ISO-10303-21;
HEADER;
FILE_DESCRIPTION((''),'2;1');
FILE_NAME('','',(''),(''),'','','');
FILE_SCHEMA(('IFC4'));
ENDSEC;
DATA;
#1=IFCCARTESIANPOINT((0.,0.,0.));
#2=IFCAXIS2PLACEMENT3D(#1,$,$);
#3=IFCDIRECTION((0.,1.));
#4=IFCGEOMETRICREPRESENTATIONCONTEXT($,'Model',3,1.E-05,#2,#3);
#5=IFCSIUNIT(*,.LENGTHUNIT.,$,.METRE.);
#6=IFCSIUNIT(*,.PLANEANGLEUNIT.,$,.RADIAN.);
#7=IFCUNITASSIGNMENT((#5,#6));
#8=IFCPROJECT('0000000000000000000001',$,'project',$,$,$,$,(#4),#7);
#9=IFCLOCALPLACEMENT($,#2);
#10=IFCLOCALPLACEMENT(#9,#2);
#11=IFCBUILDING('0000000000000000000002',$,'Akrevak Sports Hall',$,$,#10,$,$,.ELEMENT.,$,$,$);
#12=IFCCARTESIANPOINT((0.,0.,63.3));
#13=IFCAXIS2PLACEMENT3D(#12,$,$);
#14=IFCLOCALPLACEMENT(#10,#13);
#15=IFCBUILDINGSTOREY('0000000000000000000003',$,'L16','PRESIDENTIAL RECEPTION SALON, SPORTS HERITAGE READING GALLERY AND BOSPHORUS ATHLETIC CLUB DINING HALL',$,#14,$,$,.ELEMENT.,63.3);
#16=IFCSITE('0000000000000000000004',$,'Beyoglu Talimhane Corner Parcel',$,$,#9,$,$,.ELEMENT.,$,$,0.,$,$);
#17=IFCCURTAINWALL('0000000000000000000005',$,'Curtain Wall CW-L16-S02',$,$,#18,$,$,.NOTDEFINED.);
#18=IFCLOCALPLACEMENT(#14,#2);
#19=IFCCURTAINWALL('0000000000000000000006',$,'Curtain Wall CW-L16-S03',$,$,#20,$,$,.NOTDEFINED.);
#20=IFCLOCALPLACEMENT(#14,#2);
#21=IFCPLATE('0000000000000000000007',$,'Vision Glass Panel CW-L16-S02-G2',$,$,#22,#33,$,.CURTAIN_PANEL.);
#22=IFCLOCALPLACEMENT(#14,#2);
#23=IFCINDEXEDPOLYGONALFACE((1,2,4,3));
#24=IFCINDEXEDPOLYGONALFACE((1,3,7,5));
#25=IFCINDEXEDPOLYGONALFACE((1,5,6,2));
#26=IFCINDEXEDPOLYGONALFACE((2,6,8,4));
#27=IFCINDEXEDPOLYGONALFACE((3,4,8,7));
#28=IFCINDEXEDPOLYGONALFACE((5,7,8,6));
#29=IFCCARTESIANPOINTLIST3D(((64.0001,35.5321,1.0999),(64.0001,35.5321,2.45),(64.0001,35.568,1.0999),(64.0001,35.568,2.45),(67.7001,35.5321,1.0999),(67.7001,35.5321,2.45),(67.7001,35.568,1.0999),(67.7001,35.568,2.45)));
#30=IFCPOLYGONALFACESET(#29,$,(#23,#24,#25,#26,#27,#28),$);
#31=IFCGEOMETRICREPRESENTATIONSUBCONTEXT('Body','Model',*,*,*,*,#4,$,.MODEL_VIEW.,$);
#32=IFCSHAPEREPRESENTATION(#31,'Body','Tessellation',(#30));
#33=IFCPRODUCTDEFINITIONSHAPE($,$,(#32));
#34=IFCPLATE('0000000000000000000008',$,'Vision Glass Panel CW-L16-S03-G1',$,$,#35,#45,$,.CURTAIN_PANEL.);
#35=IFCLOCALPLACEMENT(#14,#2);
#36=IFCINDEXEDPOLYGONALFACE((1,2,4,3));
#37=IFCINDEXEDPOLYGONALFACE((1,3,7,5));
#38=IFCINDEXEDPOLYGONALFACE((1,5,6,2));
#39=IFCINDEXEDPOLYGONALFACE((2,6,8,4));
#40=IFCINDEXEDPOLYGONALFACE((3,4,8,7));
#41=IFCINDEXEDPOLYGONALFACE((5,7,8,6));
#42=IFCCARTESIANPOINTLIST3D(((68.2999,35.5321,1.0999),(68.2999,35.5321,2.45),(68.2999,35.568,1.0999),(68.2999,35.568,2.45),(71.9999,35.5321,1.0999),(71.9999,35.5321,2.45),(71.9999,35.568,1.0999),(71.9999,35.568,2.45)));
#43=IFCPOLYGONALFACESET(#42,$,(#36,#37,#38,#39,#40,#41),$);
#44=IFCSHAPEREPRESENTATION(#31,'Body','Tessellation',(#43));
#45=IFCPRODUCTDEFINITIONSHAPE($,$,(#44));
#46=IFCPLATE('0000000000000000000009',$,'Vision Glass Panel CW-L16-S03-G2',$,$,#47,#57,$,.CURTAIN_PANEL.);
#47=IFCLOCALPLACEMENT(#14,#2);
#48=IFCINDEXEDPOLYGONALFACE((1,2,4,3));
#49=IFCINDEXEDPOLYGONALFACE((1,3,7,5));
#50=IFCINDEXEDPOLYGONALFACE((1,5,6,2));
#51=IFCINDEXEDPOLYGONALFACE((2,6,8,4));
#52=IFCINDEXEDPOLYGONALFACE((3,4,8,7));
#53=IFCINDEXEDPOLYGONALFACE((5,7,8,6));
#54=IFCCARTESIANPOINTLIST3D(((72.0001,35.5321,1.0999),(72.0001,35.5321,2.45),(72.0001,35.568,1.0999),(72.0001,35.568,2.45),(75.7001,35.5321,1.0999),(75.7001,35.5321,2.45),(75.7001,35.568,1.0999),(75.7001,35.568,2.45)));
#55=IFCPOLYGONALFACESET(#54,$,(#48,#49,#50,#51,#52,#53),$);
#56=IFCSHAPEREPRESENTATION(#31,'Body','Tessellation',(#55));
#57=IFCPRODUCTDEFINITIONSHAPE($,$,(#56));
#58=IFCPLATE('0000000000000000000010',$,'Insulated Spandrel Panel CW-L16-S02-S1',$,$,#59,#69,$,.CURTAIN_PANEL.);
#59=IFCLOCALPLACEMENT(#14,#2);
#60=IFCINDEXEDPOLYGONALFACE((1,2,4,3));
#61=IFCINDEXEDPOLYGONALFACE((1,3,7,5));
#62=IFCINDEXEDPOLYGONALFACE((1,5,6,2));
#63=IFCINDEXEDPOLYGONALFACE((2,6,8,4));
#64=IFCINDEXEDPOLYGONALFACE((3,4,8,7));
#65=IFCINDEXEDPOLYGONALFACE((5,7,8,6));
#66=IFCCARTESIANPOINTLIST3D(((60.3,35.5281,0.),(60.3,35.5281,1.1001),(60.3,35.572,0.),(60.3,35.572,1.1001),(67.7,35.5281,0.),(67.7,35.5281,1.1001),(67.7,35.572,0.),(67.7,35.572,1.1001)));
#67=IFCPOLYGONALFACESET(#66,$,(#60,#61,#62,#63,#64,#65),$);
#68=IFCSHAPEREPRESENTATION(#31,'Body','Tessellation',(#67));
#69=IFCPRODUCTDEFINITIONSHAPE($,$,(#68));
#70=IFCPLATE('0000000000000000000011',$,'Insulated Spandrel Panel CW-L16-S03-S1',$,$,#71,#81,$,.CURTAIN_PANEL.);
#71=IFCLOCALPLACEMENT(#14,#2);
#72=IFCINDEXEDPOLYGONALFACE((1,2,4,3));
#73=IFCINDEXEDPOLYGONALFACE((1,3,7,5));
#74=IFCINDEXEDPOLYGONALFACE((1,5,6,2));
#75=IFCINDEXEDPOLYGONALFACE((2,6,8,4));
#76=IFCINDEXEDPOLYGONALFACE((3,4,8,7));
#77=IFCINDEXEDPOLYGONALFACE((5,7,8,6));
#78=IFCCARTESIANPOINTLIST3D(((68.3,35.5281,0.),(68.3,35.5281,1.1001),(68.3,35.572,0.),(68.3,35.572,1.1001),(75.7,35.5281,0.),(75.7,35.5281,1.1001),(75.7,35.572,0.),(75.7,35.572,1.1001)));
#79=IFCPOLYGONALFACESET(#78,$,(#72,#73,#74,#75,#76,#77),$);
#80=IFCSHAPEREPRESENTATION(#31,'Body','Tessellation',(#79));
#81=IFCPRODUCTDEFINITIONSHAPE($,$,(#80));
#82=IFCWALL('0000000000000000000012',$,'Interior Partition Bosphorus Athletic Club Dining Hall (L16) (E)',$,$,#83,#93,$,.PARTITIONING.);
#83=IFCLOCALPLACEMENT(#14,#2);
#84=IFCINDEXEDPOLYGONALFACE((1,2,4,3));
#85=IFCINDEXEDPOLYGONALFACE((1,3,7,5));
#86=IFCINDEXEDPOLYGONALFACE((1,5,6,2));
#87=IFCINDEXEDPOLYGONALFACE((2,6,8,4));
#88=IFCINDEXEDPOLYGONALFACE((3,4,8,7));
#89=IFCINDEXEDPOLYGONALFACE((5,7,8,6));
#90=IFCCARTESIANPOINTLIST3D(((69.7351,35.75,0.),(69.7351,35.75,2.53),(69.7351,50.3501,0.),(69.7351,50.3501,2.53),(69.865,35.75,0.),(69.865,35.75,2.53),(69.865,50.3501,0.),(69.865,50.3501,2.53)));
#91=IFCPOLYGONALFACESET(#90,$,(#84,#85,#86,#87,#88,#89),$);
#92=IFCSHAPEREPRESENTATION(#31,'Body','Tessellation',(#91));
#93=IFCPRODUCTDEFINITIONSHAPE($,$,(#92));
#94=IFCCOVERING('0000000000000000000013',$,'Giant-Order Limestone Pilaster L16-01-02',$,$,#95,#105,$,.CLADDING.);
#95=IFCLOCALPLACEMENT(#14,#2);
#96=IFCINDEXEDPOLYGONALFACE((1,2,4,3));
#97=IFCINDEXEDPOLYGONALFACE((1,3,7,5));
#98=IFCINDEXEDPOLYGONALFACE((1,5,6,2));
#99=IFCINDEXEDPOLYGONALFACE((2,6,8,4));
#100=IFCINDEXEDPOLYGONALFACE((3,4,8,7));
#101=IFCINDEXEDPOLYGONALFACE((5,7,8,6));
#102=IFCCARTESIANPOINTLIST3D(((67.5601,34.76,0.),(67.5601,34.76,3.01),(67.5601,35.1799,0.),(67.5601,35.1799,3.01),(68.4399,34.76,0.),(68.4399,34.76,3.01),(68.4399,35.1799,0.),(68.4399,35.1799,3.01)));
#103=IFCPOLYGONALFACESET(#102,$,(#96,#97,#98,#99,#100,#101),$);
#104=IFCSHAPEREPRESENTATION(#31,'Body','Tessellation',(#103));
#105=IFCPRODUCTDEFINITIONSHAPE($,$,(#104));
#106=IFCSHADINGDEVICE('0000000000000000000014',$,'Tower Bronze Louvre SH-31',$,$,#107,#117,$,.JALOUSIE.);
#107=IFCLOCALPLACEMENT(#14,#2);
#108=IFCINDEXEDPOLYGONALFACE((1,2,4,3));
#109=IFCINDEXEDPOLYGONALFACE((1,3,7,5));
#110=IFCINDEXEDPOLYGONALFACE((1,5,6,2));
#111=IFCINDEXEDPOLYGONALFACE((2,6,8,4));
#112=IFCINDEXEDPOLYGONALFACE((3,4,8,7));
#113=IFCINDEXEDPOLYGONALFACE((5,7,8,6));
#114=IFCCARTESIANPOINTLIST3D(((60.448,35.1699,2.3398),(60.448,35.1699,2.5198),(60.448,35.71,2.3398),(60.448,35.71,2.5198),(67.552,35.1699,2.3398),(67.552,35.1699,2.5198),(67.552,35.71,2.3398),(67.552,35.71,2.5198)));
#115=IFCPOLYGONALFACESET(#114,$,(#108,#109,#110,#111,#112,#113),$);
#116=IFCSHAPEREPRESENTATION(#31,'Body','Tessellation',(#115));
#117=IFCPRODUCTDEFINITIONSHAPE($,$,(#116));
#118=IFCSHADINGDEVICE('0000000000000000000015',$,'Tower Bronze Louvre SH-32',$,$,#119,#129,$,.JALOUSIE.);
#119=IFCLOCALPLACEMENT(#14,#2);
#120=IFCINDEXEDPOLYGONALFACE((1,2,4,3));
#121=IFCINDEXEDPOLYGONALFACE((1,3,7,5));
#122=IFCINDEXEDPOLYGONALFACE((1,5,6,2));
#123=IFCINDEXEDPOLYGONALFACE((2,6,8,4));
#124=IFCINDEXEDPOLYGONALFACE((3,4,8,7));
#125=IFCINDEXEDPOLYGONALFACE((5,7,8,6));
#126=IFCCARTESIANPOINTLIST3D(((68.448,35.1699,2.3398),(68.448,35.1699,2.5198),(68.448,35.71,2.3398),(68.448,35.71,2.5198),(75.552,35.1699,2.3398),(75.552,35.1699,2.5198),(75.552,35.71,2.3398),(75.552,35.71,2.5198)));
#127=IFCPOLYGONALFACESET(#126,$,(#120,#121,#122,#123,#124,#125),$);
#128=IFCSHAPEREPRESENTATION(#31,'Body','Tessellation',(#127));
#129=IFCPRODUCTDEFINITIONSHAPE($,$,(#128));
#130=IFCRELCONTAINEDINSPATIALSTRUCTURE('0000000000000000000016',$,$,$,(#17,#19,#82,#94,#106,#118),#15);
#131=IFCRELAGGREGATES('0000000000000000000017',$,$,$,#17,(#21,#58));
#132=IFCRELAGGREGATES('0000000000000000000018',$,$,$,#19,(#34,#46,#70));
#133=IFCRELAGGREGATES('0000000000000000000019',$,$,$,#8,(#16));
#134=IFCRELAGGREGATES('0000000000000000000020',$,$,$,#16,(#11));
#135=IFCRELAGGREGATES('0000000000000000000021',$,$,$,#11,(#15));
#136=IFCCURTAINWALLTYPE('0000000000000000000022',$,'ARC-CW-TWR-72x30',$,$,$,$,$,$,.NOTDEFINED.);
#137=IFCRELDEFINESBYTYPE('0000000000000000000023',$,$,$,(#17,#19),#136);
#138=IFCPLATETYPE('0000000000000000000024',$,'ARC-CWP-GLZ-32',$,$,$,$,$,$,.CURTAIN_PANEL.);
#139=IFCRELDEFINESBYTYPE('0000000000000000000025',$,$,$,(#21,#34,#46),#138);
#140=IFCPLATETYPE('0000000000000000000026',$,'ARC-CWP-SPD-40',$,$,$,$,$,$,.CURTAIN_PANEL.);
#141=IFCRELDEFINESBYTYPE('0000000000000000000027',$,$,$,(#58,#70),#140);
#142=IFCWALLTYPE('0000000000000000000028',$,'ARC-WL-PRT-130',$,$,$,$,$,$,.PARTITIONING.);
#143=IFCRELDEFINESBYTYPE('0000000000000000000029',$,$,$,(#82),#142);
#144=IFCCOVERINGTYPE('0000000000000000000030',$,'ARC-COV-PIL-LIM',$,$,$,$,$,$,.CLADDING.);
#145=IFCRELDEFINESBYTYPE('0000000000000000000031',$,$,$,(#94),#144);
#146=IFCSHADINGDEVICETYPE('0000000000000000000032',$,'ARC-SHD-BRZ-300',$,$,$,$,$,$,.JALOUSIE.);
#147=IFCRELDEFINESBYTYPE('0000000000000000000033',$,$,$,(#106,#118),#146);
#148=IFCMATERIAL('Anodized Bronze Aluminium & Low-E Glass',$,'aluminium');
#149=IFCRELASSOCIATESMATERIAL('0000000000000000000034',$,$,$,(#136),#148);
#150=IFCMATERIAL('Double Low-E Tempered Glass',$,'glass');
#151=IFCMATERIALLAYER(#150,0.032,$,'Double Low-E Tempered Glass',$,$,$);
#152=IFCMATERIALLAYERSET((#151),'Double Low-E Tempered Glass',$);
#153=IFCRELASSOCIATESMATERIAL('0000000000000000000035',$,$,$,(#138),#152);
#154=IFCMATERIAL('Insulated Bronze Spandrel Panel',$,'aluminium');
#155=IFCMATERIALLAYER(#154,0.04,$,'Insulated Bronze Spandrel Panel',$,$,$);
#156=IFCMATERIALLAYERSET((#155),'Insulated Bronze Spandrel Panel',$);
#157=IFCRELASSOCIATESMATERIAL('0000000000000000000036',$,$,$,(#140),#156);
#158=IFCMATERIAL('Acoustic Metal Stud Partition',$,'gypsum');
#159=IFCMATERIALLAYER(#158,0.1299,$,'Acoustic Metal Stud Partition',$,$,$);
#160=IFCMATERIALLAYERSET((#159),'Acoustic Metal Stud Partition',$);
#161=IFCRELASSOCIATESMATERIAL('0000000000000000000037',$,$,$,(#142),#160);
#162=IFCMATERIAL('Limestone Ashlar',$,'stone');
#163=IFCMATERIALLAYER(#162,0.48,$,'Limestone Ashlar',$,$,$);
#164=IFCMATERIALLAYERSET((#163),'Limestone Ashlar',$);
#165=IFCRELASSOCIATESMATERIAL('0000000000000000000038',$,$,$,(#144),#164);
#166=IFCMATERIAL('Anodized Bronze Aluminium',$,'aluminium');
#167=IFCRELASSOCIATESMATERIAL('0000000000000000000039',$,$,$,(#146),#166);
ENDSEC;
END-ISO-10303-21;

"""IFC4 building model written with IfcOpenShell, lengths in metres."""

from ifc_helpers import new_model, si_unit, direction, frame, frame_2d, origin, origin_2d, place, context, subcontext, project, spatial, rectangle, extrude, material, layer, layer_set, type_object, element, aggregate, save


model = new_model("IFC4")

# Units and contexts
model_context = context("Model", 3, precision=1e-05, world=origin(), true_north=direction((0.0, 1.0)))
body_context = subcontext(model_context, "Body", "Model", "MODEL_VIEW")
ifc_project = project(units=[si_unit("LENGTHUNIT", "METRE"), si_unit("PLANEANGLEUNIT", "RADIAN")], contexts=[model_context])

# Site, building, storey
site_placement = place(None, origin())
site = spatial("IfcSite", under=ifc_project, at=site_placement, Name="Beyoglu Talimhane Corner Parcel", CompositionType="ELEMENT", RefElevation=0.0)
building_placement = place(site_placement, origin())
building = spatial("IfcBuilding", under=site, at=building_placement, Name="Akrevak Sports Hall", CompositionType="ELEMENT")
storey_placement = place(building_placement, frame((0.0, 0.0, 63.3)))
storey = spatial("IfcBuildingStorey", under=building, at=storey_placement, Name="L16", Description="PRESIDENTIAL RECEPTION SALON, SPORTS HERITAGE READING GALLERY AND BOSPHORUS ATHLETIC CLUB DINING HALL", CompositionType="ELEMENT", Elevation=63.3)

# Curtain walls
ifc_material_1 = material(Name="Anodized Bronze Aluminium & Low-E Glass", Category="aluminium")
curtain_wall_type = type_object("IfcCurtainWallType", Name="ARC-CW-TWR-72x30", PredefinedType="NOTDEFINED", material=ifc_material_1)
curtain_wall_1_placement = place(storey_placement, origin())
curtain_wall_1 = element("IfcCurtainWall", 1, at=curtain_wall_1_placement, inside=storey, type_object=curtain_wall_type, Name="Curtain Wall CW-L16-S02", PredefinedType="NOTDEFINED")
ifc_material_2 = material(Name="Anodized Bronze Aluminium", Category="aluminium")
curtain_wall_2_placement = place(storey_placement, origin())
curtain_wall_2 = element("IfcCurtainWall", 2, at=curtain_wall_2_placement, inside=storey, type_object=curtain_wall_type, Name="Curtain Wall CW-L16-S03", PredefinedType="NOTDEFINED")

# Plates
ifc_material_3 = material(Name="Double Low-E Tempered Glass", Category="glass")
ifc_layer_1 = layer(ifc_material_3, 0.032, Name="Double Low-E Tempered Glass")
ifc_layer_set_1 = layer_set([ifc_layer_1], Name="Double Low-E Tempered Glass")
plate_type_1 = type_object("IfcPlateType", Name="ARC-CWP-GLZ-32", PredefinedType="CURTAIN_PANEL", material=ifc_layer_set_1)
plate_1_placement = place(storey_placement, frame((65.8501, 35.55, 1.0999), z_axis=(0.0, 0.0, 1.0), x_axis=(1.0, 0.0, 0.0)))
plate_1 = element("IfcPlate", 3, at=plate_1_placement, type_object=plate_type_1, Name="Vision Glass Panel CW-L16-S02-G2", PredefinedType="CURTAIN_PANEL", context=body_context, shape_type="SweptSolid", body=[
    extrude(rectangle(XDim=3.7, YDim=0.0359, at=origin_2d()), origin(), (0.0, 0.0, 1.0), 1.3501),
])
plate_2_placement = place(storey_placement, frame((70.1499, 35.55, 1.0999), z_axis=(0.0, 0.0, 1.0), x_axis=(1.0, 0.0, 0.0)))
plate_2 = element("IfcPlate", 4, at=plate_2_placement, type_object=plate_type_1, Name="Vision Glass Panel CW-L16-S03-G1", PredefinedType="CURTAIN_PANEL", context=body_context, shape_type="SweptSolid", body=[
    extrude(rectangle(XDim=3.7, YDim=0.0359, at=origin_2d()), origin(), (0.0, 0.0, 1.0), 1.3501),
])
plate_3_placement = place(storey_placement, frame((73.8501, 35.55, 1.0999), z_axis=(0.0, 0.0, 1.0), x_axis=(1.0, 0.0, 0.0)))
plate_3 = element("IfcPlate", 5, at=plate_3_placement, type_object=plate_type_1, Name="Vision Glass Panel CW-L16-S03-G2", PredefinedType="CURTAIN_PANEL", context=body_context, shape_type="SweptSolid", body=[
    extrude(rectangle(XDim=3.7, YDim=0.0359, at=origin_2d()), origin(), (0.0, 0.0, 1.0), 1.3501),
])
ifc_material_4 = material(Name="Insulated Bronze Spandrel Panel", Category="aluminium")
ifc_layer_2 = layer(ifc_material_4, 0.04, Name="Insulated Bronze Spandrel Panel")
ifc_layer_set_2 = layer_set([ifc_layer_2], Name="Insulated Bronze Spandrel Panel")
plate_type_2 = type_object("IfcPlateType", Name="ARC-CWP-SPD-40", PredefinedType="CURTAIN_PANEL", material=ifc_layer_set_2)
plate_4_placement = place(storey_placement, frame((64.0, 35.55, 0.0), z_axis=(0.0, 0.0, 1.0), x_axis=(1.0, 0.0, 0.0)))
plate_4 = element("IfcPlate", 6, at=plate_4_placement, type_object=plate_type_2, Name="Insulated Spandrel Panel CW-L16-S02-S1", PredefinedType="CURTAIN_PANEL", context=body_context, shape_type="SweptSolid", body=[
    extrude(rectangle(XDim=7.3999, YDim=0.0439, at=origin_2d()), origin(), (0.0, 0.0, 1.0), 1.1001),
])
aggregate(curtain_wall_1, [plate_1, plate_4])
plate_5_placement = place(storey_placement, frame((72.0, 35.55, 0.0), z_axis=(0.0, 0.0, 1.0), x_axis=(1.0, 0.0, 0.0)))
plate_5 = element("IfcPlate", 7, at=plate_5_placement, type_object=plate_type_2, Name="Insulated Spandrel Panel CW-L16-S03-S1", PredefinedType="CURTAIN_PANEL", context=body_context, shape_type="SweptSolid", body=[
    extrude(rectangle(XDim=7.3999, YDim=0.0439, at=origin_2d()), origin(), (0.0, 0.0, 1.0), 1.1001),
])
aggregate(curtain_wall_2, [plate_2, plate_3, plate_5])

# Wall
ifc_material_5 = material(Name="Acoustic Metal Stud Partition", Category="gypsum")
ifc_layer_3 = layer(ifc_material_5, 0.1299, Name="Acoustic Metal Stud Partition")
ifc_layer_set_3 = layer_set([ifc_layer_3], Name="Acoustic Metal Stud Partition")
wall_type = type_object("IfcWallType", Name="ARC-WL-PRT-130", PredefinedType="PARTITIONING", material=ifc_layer_set_3)
wall_placement = place(storey_placement, frame((69.8, 35.75, 0.0), z_axis=(0.0, 0.0, 1.0), x_axis=(0.0, 1.0, 0.0)))
element("IfcWall", 8, at=wall_placement, inside=storey, type_object=wall_type, Name="Interior Partition Bosphorus Athletic Club Dining Hall (L16) (E)", PredefinedType="PARTITIONING", context=body_context, shape_type="SweptSolid", body=[
    extrude(rectangle(XDim=14.6001, YDim=0.1299, at=frame_2d((7.3, 0.0))), origin(), (0.0, 0.0, 1.0), 2.53),
])

# Covering
ifc_material_6 = material(Name="Limestone Ashlar", Category="stone")
ifc_layer_4 = layer(ifc_material_6, 0.48, Name="Limestone Ashlar")
ifc_layer_set_4 = layer_set([ifc_layer_4], Name="Limestone Ashlar")
covering_type = type_object("IfcCoveringType", Name="ARC-COV-PIL-LIM", PredefinedType="CLADDING", material=ifc_layer_set_4)
covering_placement = place(storey_placement, frame((68.0, 34.97, 0.0), z_axis=(0.0, 0.0, 1.0), x_axis=(1.0, 0.0, 0.0)))
element("IfcCovering", 9, at=covering_placement, inside=storey, type_object=covering_type, Name="Giant-Order Limestone Pilaster L16-01-02", PredefinedType="CLADDING", context=body_context, shape_type="SweptSolid", body=[
    extrude(rectangle(XDim=0.8799, YDim=0.4199, at=origin_2d()), origin(), (0.0, 0.0, 1.0), 3.01),
])

# Shading devices
shading_device_type = type_object("IfcShadingDeviceType", Name="ARC-SHD-BRZ-300", PredefinedType="JALOUSIE", material=ifc_material_2)
for number, where, z_axis, x_axis, name in (
    (10, (64.0, 35.4399, 2.3398), (0.0, 0.0, 1.0), (1.0, 0.0, 0.0), "Tower Bronze Louvre SH-31"),
    (11, (72.0, 35.4399, 2.3398), (0.0, 0.0, 1.0), (1.0, 0.0, 0.0), "Tower Bronze Louvre SH-32"),
):
    element("IfcShadingDevice", number, at=place(storey_placement, frame(where, z_axis=z_axis, x_axis=x_axis)), inside=storey, type_object=shading_device_type, Name=name, PredefinedType="JALOUSIE", context=body_context, shape_type="SweptSolid", body=[
        extrude(rectangle(XDim=7.104, YDim=0.54, at=origin_2d()), origin(), (0.0, 0.0, 1.0), 0.1799),
    ])

save(model, "model.ifc")
